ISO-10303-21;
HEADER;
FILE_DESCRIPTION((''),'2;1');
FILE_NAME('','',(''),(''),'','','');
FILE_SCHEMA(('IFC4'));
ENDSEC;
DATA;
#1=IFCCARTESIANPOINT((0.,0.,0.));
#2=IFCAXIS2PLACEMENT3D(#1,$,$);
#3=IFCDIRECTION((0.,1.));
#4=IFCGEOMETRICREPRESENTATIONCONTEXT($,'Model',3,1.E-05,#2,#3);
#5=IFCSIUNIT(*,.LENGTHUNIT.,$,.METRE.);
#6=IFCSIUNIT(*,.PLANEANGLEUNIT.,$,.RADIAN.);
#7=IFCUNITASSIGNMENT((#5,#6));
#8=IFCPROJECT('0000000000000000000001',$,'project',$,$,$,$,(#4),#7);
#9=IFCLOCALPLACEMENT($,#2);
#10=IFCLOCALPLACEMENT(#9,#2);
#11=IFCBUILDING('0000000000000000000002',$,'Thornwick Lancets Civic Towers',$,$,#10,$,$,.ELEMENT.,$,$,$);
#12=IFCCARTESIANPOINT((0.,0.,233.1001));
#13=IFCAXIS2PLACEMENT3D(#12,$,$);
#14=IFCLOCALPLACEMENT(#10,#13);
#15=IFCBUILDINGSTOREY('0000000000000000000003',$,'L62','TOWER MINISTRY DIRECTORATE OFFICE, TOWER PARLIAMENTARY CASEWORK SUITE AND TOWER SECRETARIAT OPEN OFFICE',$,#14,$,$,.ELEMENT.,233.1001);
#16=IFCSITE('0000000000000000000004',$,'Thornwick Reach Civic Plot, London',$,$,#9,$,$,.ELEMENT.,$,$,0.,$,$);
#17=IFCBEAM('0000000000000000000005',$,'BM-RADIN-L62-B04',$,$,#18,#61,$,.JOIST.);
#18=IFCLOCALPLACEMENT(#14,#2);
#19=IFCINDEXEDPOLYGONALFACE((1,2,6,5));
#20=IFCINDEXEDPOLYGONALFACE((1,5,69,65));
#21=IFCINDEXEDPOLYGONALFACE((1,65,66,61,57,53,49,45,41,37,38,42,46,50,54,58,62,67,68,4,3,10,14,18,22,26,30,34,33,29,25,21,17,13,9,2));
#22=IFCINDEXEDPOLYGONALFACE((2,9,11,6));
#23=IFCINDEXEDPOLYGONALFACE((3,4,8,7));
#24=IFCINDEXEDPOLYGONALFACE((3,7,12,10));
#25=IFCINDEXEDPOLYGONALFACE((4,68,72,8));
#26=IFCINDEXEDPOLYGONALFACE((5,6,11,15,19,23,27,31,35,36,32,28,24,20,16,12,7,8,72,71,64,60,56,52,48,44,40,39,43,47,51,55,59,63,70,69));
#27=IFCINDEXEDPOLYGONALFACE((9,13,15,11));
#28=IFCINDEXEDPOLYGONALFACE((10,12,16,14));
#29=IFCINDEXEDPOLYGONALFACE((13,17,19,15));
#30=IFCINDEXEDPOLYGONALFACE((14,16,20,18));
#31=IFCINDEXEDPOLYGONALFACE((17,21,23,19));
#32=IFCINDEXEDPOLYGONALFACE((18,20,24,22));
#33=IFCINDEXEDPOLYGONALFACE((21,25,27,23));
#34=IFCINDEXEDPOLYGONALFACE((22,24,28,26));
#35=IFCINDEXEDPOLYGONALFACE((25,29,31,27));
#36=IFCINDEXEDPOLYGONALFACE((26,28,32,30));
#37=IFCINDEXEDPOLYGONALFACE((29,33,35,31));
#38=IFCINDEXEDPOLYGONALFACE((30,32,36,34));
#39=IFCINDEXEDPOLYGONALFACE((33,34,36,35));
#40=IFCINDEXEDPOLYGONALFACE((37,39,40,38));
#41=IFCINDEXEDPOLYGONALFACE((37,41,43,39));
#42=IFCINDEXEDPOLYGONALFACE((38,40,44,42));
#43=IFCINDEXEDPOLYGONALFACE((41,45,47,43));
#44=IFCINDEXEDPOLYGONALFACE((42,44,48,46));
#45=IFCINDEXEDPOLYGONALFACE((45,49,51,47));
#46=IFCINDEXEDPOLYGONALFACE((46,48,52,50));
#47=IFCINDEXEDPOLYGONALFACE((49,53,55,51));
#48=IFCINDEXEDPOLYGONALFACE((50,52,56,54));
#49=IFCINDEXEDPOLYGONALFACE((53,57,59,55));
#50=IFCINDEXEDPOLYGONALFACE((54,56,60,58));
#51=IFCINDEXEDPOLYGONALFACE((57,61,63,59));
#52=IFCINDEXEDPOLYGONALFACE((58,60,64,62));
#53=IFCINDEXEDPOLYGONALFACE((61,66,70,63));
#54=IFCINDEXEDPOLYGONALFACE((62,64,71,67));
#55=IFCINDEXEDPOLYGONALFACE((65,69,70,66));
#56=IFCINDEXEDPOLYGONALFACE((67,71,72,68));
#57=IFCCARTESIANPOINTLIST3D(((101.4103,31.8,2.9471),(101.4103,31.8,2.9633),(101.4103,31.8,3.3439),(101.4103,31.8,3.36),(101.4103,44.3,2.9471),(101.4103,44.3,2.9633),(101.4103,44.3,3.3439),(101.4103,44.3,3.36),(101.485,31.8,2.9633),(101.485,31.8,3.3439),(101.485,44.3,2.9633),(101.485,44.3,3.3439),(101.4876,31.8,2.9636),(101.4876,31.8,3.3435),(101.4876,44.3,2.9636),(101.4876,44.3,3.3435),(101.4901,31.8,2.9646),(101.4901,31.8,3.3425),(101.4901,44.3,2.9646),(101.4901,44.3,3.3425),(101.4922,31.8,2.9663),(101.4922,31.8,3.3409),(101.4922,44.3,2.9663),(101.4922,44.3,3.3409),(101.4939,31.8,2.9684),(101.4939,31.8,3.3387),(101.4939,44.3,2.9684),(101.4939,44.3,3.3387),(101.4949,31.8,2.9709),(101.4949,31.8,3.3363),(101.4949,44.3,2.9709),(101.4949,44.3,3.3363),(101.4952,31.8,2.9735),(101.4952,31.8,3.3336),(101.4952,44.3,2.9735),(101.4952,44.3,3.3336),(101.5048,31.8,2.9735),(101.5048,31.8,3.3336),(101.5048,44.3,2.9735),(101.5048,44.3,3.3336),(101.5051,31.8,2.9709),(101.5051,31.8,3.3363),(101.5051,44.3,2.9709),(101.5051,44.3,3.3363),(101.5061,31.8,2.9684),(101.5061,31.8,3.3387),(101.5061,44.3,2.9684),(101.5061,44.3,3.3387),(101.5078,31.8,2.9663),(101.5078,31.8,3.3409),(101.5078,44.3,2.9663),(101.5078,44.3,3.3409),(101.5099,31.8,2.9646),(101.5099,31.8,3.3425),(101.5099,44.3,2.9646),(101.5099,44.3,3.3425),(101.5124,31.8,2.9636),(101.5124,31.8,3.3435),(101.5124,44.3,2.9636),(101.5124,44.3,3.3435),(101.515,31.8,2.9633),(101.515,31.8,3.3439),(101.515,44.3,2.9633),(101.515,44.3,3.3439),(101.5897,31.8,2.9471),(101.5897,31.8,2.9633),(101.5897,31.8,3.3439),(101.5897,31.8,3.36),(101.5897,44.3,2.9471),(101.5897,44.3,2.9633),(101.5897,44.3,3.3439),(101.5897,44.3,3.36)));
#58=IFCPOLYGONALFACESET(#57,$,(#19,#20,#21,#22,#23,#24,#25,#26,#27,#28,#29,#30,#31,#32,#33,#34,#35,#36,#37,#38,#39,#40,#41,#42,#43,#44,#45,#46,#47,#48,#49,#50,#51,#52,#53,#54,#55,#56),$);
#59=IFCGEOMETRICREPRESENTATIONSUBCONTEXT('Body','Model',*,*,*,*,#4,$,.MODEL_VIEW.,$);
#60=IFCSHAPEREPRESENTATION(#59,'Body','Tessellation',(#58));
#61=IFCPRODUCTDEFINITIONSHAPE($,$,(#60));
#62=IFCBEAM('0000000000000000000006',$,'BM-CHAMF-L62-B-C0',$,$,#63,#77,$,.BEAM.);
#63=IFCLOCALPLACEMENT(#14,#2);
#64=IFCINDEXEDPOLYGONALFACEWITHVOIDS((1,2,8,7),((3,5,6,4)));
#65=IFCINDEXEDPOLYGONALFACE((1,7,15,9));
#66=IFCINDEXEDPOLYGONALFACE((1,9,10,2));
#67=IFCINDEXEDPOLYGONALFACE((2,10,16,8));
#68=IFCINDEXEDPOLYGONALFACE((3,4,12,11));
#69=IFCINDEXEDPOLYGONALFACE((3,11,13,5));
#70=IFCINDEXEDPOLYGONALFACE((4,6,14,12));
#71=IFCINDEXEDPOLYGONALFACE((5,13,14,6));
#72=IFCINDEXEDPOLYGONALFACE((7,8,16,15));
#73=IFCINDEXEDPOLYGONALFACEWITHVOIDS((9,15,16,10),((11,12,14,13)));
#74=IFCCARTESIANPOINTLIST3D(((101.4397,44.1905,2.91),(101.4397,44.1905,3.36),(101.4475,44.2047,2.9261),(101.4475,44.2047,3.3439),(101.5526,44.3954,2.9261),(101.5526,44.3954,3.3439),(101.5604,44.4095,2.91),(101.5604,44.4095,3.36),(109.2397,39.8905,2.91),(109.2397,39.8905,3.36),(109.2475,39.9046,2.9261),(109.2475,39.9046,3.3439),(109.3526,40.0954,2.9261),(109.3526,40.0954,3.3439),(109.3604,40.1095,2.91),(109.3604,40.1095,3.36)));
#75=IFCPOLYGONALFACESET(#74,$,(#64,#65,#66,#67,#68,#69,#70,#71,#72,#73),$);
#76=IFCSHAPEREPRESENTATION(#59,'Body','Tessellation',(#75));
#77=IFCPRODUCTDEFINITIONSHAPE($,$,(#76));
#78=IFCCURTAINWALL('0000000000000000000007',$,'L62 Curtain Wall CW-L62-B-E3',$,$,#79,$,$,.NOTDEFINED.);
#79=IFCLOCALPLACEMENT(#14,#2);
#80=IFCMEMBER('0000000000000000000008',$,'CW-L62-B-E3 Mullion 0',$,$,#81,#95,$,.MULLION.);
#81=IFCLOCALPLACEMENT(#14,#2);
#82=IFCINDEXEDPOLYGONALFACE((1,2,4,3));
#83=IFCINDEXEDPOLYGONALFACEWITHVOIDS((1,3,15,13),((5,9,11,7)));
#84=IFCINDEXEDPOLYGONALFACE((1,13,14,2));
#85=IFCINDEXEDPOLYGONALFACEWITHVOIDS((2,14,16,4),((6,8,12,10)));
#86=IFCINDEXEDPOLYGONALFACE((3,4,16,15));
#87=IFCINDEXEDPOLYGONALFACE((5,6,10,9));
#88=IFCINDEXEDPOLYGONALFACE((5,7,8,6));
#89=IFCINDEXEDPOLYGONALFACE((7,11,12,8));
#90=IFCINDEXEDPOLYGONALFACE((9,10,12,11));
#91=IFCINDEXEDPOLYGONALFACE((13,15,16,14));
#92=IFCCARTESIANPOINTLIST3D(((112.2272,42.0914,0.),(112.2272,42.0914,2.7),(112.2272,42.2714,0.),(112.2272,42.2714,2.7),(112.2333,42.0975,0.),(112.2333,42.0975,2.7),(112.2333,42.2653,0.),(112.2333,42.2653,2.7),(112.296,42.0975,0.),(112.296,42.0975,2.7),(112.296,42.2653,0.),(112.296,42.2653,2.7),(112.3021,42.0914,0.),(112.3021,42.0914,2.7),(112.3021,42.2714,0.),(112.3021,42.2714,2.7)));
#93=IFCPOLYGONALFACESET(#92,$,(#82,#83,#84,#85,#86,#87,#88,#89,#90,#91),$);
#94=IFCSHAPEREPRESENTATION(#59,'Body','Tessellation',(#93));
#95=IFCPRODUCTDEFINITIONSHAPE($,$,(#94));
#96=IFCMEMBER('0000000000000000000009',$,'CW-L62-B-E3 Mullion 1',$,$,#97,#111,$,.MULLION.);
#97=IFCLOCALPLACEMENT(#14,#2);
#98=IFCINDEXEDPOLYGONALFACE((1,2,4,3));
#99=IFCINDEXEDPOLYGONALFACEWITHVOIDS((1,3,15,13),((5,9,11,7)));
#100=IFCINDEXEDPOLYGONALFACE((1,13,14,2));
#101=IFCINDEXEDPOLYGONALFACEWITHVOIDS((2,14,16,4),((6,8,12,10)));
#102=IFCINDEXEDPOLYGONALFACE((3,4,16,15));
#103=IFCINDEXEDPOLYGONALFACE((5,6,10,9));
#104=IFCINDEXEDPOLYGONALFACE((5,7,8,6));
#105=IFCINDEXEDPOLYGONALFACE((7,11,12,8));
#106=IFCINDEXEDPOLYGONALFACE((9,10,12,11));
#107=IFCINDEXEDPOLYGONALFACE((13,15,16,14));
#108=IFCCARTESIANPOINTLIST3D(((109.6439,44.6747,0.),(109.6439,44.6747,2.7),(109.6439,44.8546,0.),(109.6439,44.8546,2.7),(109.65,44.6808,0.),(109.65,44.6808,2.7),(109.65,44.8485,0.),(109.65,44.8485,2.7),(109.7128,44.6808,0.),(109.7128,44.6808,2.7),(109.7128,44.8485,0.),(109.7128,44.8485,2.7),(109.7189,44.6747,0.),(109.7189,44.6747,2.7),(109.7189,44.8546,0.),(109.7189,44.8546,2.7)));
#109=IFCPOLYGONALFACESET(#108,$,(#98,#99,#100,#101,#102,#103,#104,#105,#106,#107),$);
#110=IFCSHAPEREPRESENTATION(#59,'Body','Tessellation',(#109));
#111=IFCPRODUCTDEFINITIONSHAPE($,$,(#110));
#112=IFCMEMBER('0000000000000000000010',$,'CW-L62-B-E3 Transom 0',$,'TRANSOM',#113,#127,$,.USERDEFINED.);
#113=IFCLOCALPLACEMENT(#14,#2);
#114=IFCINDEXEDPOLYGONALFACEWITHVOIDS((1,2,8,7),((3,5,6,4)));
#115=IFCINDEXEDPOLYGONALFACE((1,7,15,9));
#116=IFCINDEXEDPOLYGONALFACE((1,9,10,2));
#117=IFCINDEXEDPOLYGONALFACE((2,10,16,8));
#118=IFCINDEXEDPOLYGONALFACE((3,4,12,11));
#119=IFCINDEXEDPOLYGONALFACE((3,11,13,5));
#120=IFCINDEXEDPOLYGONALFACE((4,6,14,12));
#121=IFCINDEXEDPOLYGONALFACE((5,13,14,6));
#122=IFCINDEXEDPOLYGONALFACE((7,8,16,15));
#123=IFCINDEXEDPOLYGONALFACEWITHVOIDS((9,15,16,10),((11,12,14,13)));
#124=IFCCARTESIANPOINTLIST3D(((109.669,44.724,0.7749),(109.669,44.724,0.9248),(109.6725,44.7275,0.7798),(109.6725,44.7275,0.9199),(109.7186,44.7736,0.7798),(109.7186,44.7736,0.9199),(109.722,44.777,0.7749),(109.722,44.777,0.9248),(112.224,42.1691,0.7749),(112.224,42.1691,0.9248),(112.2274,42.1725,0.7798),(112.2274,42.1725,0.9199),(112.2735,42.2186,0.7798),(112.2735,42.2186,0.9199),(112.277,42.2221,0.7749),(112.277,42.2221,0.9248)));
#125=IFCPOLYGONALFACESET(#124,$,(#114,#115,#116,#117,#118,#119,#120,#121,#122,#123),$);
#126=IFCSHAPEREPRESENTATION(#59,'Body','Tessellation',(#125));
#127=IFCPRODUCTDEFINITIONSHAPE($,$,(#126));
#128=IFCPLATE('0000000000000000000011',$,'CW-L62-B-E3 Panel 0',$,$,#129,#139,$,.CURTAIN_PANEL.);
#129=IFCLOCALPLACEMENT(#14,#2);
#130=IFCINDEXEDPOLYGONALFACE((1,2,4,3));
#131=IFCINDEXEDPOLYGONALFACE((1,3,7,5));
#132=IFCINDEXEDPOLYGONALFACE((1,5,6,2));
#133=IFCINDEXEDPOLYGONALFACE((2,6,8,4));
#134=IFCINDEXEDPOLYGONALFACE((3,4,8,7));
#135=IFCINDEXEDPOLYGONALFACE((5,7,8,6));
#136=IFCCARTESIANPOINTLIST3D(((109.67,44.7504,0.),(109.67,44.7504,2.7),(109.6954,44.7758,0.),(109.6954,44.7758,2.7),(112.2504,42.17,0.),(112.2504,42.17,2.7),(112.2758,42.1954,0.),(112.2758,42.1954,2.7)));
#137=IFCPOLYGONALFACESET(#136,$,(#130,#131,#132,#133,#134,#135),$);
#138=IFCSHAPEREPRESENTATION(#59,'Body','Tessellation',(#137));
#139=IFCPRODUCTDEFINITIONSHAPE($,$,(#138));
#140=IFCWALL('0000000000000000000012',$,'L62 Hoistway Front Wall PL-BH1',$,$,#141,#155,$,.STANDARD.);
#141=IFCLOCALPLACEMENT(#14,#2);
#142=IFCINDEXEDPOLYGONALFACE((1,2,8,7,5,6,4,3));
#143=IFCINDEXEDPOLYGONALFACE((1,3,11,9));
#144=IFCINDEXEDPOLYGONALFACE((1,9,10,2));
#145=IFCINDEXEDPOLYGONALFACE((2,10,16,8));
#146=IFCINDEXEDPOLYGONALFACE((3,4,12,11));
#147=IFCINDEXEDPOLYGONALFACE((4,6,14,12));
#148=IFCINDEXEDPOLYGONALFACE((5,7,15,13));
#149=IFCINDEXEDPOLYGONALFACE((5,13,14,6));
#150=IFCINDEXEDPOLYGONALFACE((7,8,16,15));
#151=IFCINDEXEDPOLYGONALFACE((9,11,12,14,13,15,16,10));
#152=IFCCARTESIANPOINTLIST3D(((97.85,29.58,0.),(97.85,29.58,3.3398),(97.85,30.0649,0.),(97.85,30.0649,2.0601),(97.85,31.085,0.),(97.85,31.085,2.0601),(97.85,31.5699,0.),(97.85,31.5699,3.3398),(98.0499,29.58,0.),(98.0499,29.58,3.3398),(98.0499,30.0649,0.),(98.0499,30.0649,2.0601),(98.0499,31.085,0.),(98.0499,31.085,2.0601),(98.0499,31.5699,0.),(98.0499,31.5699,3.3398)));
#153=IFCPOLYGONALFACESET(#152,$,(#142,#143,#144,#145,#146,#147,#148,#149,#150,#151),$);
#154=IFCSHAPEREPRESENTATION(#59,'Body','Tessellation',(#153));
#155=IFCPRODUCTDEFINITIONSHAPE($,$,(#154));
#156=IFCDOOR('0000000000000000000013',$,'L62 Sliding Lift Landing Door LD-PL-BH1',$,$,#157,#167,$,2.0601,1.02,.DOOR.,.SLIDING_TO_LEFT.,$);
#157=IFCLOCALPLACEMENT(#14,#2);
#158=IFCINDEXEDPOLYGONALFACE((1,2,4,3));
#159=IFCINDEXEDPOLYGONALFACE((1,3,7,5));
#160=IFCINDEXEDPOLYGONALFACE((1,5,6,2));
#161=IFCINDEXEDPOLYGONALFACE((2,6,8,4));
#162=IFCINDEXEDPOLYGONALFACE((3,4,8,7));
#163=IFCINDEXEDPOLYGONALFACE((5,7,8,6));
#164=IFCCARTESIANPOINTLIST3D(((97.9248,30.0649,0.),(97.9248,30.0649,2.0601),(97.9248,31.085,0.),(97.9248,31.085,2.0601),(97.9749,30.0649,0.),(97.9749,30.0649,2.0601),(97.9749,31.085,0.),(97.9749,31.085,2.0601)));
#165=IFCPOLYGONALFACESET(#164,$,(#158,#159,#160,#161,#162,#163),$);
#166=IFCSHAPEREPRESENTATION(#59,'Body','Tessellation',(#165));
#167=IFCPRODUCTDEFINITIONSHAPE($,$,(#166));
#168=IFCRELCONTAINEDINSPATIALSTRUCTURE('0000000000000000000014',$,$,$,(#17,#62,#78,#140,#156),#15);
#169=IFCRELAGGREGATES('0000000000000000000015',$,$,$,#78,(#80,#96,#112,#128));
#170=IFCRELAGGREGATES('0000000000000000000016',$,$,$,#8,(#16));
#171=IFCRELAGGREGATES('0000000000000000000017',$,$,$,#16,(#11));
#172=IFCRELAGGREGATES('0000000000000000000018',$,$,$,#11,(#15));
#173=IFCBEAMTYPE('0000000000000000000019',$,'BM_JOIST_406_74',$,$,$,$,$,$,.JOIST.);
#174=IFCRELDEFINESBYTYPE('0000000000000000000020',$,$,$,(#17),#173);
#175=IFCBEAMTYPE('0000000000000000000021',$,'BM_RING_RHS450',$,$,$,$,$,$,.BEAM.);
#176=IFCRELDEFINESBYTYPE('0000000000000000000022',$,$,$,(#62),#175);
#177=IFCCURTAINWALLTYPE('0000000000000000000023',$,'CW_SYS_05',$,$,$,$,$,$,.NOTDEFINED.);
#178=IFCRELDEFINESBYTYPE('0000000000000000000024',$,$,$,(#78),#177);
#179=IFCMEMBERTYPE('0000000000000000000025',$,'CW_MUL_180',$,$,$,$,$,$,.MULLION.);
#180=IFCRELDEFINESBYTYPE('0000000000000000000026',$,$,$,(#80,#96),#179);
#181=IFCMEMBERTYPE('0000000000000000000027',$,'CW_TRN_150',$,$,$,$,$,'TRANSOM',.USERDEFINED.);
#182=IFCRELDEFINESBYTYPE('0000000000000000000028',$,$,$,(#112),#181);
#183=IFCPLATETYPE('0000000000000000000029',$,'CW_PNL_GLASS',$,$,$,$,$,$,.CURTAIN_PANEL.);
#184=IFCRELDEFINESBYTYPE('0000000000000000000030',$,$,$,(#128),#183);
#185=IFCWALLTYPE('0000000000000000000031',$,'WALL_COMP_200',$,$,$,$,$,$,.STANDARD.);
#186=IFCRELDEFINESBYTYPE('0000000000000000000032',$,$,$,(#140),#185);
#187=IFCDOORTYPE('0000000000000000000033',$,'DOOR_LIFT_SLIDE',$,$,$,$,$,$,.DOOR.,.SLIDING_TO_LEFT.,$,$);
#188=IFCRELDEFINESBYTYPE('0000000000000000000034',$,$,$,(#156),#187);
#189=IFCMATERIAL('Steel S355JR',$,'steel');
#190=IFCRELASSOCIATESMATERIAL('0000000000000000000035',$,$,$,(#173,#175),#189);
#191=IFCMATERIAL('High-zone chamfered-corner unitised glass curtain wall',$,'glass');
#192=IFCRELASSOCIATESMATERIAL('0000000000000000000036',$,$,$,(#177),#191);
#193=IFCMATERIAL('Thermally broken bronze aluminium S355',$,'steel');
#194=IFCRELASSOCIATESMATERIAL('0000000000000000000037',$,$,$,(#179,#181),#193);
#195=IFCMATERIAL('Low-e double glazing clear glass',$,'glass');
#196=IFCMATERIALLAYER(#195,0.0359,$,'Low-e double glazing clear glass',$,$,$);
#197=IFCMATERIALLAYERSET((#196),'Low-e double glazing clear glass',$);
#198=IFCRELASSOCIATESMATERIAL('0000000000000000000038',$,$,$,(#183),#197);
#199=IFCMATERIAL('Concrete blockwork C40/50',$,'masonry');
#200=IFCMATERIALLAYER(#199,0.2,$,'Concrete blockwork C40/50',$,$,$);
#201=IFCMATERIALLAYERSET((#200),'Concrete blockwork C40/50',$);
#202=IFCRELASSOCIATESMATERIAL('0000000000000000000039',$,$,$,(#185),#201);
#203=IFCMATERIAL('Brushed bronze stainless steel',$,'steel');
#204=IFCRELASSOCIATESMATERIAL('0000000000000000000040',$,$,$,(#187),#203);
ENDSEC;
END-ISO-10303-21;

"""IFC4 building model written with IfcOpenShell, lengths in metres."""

from ifc_helpers import new_model, si_unit, direction, frame, frame_2d, origin, origin_2d, place, context, subcontext, project, spatial, rectangle, hollow_rectangle, i_section, extrude, material, layer, layer_set, material_profile, profile_set, type_object, element, fill, aggregate, save


model = new_model("IFC4")

# Units and contexts
model_context = context("Model", 3, precision=1e-05, world=origin(), true_north=direction((0.0, 1.0)))
body_context = subcontext(model_context, "Body", "Model", "MODEL_VIEW")
ifc_project = project(units=[si_unit("LENGTHUNIT", "METRE"), si_unit("PLANEANGLEUNIT", "RADIAN")], contexts=[model_context])

# Site, building, storey
site_placement = place(None, origin())
site = spatial("IfcSite", under=ifc_project, at=site_placement, Name="Thornwick Reach Civic Plot, London", CompositionType="ELEMENT", RefElevation=0.0)
building_placement = place(site_placement, origin())
building = spatial("IfcBuilding", under=site, at=building_placement, Name="Thornwick Lancets Civic Towers", CompositionType="ELEMENT")
storey_placement = place(building_placement, frame((0.0, 0.0, 233.1001)))
storey = spatial("IfcBuildingStorey", under=building, at=storey_placement, Name="L62", Description="TOWER MINISTRY DIRECTORATE OFFICE, TOWER PARLIAMENTARY CASEWORK SUITE AND TOWER SECRETARIAT OPEN OFFICE", CompositionType="ELEMENT", Elevation=233.1001)

# Shared definitions
ifc_material_1 = material(Name="Steel S355JR", Category="steel")

# Beams
ifc_material_profile_1 = material_profile(ifc_material_1, i_section(OverallWidth=0.1794, OverallDepth=0.4128, WebThickness=0.0095, FlangeThickness=0.0161, FilletRadius=0.0103, at=origin_2d()), Name="UKB 406x178x74")
ifc_profile_set_1 = profile_set([ifc_material_profile_1], Name="Steel S355JR")
beam_type_1 = type_object("IfcBeamType", Name="BM_JOIST_406_74", PredefinedType="JOIST", material=ifc_profile_set_1)
beam_1_placement = place(storey_placement, frame((101.5, 31.8, 3.1536), z_axis=(0.0, 1.0, 0.0), x_axis=(-1.0, 0.0, 0.0)))
element("IfcBeam", 1, at=beam_1_placement, inside=storey, type_object=beam_type_1, Name="BM-RADIN-L62-B04", PredefinedType="JOIST", context=body_context, shape_type="SweptSolid", body=[
    extrude(i_section(OverallWidth=0.1794, OverallDepth=0.4128, WebThickness=0.0095, FlangeThickness=0.0161, FilletRadius=0.0103, at=origin_2d()), origin(), (0.0, 0.0, 1.0), 12.5),
])
ifc_material_profile_2 = material_profile(ifc_material_1, hollow_rectangle(XDim=0.25, YDim=0.45, WallThickness=0.0161, at=origin_2d()), Name="RHS 450x250x16")
ifc_profile_set_2 = profile_set([ifc_material_profile_2], Name="Steel S355JR")
beam_type_2 = type_object("IfcBeamType", Name="BM_RING_RHS450", PredefinedType="BEAM", material=ifc_profile_set_2)
beam_2_placement = place(storey_placement, frame((109.3, 40.0, 3.135), z_axis=(-0.87574, 0.482782, 0.0), x_axis=(-0.482782, -0.87574, 0.0)))
element("IfcBeam", 2, at=beam_2_placement, inside=storey, type_object=beam_type_2, Name="BM-CHAMF-L62-B-C0", PredefinedType="BEAM", context=body_context, shape_type="SweptSolid", body=[
    extrude(hollow_rectangle(XDim=0.25, YDim=0.45, WallThickness=0.0161, at=origin_2d()), origin(), (0.0, 0.0, 1.0), 8.9067),
])

# Curtain wall, members, plate
ifc_material_2 = material(Name="High-zone chamfered-corner unitised glass curtain wall", Category="glass")
curtain_wall_type = type_object("IfcCurtainWallType", Name="CW_SYS_05", PredefinedType="NOTDEFINED", material=ifc_material_2)
curtain_wall_placement = place(storey_placement, origin())
curtain_wall = element("IfcCurtainWall", 3, at=curtain_wall_placement, inside=storey, type_object=curtain_wall_type, Name="L62 Curtain Wall CW-L62-B-E3", PredefinedType="NOTDEFINED")
ifc_material_3 = material(Name="Thermally broken bronze aluminium S355", Category="steel")
ifc_material_profile_3 = material_profile(ifc_material_3, hollow_rectangle(XDim=0.075, YDim=0.1799, WallThickness=0.0061, at=origin_2d()), Name="RHS 180x75x6")
ifc_profile_set_3 = profile_set([ifc_material_profile_3], Name="Thermally broken bronze aluminium S355")
member_type_1 = type_object("IfcMemberType", Name="CW_MUL_180", PredefinedType="MULLION", material=ifc_profile_set_3)
member_1_placement = place(storey_placement, frame((112.2646, 42.1814, 0.0), z_axis=(0.0, 0.0, 1.0), x_axis=(1.0, 0.0, 0.0)))
member_1 = element("IfcMember", 4, at=member_1_placement, type_object=member_type_1, Name="CW-L62-B-E3 Mullion 0", PredefinedType="MULLION", context=body_context, shape_type="SweptSolid", body=[
    extrude(hollow_rectangle(XDim=0.075, YDim=0.1799, WallThickness=0.0061, at=origin_2d()), origin(), (0.0, 0.0, 1.0), 2.7),
])
member_2_placement = place(storey_placement, frame((109.6814, 44.7646, 0.0), z_axis=(0.0, 0.0, 1.0), x_axis=(1.0, 0.0, 0.0)))
member_2 = element("IfcMember", 5, at=member_2_placement, type_object=member_type_1, Name="CW-L62-B-E3 Mullion 1", PredefinedType="MULLION", context=body_context, shape_type="SweptSolid", body=[
    extrude(hollow_rectangle(XDim=0.075, YDim=0.1799, WallThickness=0.0061, at=origin_2d()), origin(), (0.0, 0.0, 1.0), 2.7),
])
ifc_material_profile_4 = material_profile(ifc_material_3, hollow_rectangle(XDim=0.075, YDim=0.1499, WallThickness=0.0049, at=origin_2d()), Name="RHS 150x75x5")
ifc_profile_set_4 = profile_set([ifc_material_profile_4], Name="Thermally broken bronze aluminium S355")
member_type_2 = type_object("IfcMemberType", Name="CW_TRN_150", ElementType="TRANSOM", PredefinedType="USERDEFINED", material=ifc_profile_set_4)
member_3_placement = place(storey_placement, frame((112.2505, 42.1956, 0.8499), z_axis=(-0.707107, 0.707107, 0.0), x_axis=(-0.707107, -0.707107, 0.0)))
member_3 = element("IfcMember", 6, at=member_3_placement, type_object=member_type_2, Name="CW-L62-B-E3 Transom 0", ObjectType="TRANSOM", PredefinedType="USERDEFINED", context=body_context, shape_type="SweptSolid", body=[
    extrude(hollow_rectangle(XDim=0.075, YDim=0.1499, WallThickness=0.0049, at=origin_2d()), origin(), (0.0, 0.0, 1.0), 3.6133),
])
ifc_material_4 = material(Name="Low-e double glazing clear glass", Category="glass")
ifc_layer_1 = layer(ifc_material_4, 0.0359, Name="Low-e double glazing clear glass")
ifc_layer_set_1 = layer_set([ifc_layer_1], Name="Low-e double glazing clear glass")
plate_type = type_object("IfcPlateType", Name="CW_PNL_GLASS", PredefinedType="CURTAIN_PANEL", material=ifc_layer_set_1)
plate_placement = place(storey_placement, frame((110.9729, 43.4729, 0.0), z_axis=(0.0, 0.0, 1.0), x_axis=(-0.707107, 0.707107, 0.0)))
plate = element("IfcPlate", 7, at=plate_placement, type_object=plate_type, Name="CW-L62-B-E3 Panel 0", PredefinedType="CURTAIN_PANEL", context=body_context, shape_type="SweptSolid", body=[
    extrude(rectangle(XDim=3.6492, YDim=0.0359, at=origin_2d()), origin(), (0.0, 0.0, 1.0), 2.7),
])
aggregate(curtain_wall, [member_1, member_2, member_3, plate])

# Wall, opening, door
ifc_material_5 = material(Name="Concrete blockwork C40/50", Category="masonry")
ifc_layer_2 = layer(ifc_material_5, 0.2, Name="Concrete blockwork C40/50")
ifc_layer_set_2 = layer_set([ifc_layer_2], Name="Concrete blockwork C40/50")
wall_type_1 = type_object("IfcWallType", Name="WALL_COMP_200", PredefinedType="STANDARD", material=ifc_layer_set_2)
wall_1_placement = place(storey_placement, frame((97.95, 31.5701, 0.0), z_axis=(0.0, 0.0, 1.0), x_axis=(0.0, -1.0, 0.0)))
wall_1 = element("IfcWall", 8, at=wall_1_placement, inside=storey, type_object=wall_type_1, Name="L62 Hoistway Front Wall PL-BH1", PredefinedType="STANDARD", context=body_context, shape_type="SweptSolid", body=[
    extrude(rectangle(XDim=1.99, YDim=0.2, at=frame_2d((0.9951, 0.0))), origin(), (0.0, 0.0, 1.0), 3.3398),
])
opening_1_placement = place(wall_1_placement, frame((0.4851, 0.0, 0.0)))
opening_1 = element("IfcOpeningElement", 9, at=opening_1_placement, cuts=wall_1, PredefinedType="OPENING", context=body_context, shape_type="SweptSolid", body=[
    extrude(rectangle(XDim=1.02, YDim=2.0601, at=frame_2d((0.51, 1.03))), frame((0.0, 0.1099, 0.0), z_axis=(0.0, -1.0, 0.0), x_axis=(1.0, 0.0, 0.0)), (0.0, 0.0, 1.0), 0.22),
])
ifc_material_6 = material(Name="Brushed bronze stainless steel", Category="steel")
door_type_1 = type_object("IfcDoorType", Name="DOOR_LIFT_SLIDE", OperationType="SLIDING_TO_LEFT", PredefinedType="DOOR", material=ifc_material_6)
door_1_placement = place(opening_1_placement, origin())
door_1 = element("IfcDoor", 10, at=door_1_placement, inside=storey, type_object=door_type_1, Name="L62 Sliding Lift Landing Door LD-PL-BH1", OperationType="SLIDING_TO_LEFT", OverallHeight=2.0601, OverallWidth=1.02, PredefinedType="DOOR", context=body_context, shape_type="SweptSolid", body=[
    extrude(rectangle(XDim=1.02, YDim=2.0601, at=frame_2d((0.51, 1.03))), frame((0.0, 0.0249, 0.0), z_axis=(0.0, -1.0, 0.0), x_axis=(1.0, 0.0, 0.0)), (0.0, 0.0, 1.0), 0.05),
])
fill(opening_1, door_1)

save(model, "model.ifc")
